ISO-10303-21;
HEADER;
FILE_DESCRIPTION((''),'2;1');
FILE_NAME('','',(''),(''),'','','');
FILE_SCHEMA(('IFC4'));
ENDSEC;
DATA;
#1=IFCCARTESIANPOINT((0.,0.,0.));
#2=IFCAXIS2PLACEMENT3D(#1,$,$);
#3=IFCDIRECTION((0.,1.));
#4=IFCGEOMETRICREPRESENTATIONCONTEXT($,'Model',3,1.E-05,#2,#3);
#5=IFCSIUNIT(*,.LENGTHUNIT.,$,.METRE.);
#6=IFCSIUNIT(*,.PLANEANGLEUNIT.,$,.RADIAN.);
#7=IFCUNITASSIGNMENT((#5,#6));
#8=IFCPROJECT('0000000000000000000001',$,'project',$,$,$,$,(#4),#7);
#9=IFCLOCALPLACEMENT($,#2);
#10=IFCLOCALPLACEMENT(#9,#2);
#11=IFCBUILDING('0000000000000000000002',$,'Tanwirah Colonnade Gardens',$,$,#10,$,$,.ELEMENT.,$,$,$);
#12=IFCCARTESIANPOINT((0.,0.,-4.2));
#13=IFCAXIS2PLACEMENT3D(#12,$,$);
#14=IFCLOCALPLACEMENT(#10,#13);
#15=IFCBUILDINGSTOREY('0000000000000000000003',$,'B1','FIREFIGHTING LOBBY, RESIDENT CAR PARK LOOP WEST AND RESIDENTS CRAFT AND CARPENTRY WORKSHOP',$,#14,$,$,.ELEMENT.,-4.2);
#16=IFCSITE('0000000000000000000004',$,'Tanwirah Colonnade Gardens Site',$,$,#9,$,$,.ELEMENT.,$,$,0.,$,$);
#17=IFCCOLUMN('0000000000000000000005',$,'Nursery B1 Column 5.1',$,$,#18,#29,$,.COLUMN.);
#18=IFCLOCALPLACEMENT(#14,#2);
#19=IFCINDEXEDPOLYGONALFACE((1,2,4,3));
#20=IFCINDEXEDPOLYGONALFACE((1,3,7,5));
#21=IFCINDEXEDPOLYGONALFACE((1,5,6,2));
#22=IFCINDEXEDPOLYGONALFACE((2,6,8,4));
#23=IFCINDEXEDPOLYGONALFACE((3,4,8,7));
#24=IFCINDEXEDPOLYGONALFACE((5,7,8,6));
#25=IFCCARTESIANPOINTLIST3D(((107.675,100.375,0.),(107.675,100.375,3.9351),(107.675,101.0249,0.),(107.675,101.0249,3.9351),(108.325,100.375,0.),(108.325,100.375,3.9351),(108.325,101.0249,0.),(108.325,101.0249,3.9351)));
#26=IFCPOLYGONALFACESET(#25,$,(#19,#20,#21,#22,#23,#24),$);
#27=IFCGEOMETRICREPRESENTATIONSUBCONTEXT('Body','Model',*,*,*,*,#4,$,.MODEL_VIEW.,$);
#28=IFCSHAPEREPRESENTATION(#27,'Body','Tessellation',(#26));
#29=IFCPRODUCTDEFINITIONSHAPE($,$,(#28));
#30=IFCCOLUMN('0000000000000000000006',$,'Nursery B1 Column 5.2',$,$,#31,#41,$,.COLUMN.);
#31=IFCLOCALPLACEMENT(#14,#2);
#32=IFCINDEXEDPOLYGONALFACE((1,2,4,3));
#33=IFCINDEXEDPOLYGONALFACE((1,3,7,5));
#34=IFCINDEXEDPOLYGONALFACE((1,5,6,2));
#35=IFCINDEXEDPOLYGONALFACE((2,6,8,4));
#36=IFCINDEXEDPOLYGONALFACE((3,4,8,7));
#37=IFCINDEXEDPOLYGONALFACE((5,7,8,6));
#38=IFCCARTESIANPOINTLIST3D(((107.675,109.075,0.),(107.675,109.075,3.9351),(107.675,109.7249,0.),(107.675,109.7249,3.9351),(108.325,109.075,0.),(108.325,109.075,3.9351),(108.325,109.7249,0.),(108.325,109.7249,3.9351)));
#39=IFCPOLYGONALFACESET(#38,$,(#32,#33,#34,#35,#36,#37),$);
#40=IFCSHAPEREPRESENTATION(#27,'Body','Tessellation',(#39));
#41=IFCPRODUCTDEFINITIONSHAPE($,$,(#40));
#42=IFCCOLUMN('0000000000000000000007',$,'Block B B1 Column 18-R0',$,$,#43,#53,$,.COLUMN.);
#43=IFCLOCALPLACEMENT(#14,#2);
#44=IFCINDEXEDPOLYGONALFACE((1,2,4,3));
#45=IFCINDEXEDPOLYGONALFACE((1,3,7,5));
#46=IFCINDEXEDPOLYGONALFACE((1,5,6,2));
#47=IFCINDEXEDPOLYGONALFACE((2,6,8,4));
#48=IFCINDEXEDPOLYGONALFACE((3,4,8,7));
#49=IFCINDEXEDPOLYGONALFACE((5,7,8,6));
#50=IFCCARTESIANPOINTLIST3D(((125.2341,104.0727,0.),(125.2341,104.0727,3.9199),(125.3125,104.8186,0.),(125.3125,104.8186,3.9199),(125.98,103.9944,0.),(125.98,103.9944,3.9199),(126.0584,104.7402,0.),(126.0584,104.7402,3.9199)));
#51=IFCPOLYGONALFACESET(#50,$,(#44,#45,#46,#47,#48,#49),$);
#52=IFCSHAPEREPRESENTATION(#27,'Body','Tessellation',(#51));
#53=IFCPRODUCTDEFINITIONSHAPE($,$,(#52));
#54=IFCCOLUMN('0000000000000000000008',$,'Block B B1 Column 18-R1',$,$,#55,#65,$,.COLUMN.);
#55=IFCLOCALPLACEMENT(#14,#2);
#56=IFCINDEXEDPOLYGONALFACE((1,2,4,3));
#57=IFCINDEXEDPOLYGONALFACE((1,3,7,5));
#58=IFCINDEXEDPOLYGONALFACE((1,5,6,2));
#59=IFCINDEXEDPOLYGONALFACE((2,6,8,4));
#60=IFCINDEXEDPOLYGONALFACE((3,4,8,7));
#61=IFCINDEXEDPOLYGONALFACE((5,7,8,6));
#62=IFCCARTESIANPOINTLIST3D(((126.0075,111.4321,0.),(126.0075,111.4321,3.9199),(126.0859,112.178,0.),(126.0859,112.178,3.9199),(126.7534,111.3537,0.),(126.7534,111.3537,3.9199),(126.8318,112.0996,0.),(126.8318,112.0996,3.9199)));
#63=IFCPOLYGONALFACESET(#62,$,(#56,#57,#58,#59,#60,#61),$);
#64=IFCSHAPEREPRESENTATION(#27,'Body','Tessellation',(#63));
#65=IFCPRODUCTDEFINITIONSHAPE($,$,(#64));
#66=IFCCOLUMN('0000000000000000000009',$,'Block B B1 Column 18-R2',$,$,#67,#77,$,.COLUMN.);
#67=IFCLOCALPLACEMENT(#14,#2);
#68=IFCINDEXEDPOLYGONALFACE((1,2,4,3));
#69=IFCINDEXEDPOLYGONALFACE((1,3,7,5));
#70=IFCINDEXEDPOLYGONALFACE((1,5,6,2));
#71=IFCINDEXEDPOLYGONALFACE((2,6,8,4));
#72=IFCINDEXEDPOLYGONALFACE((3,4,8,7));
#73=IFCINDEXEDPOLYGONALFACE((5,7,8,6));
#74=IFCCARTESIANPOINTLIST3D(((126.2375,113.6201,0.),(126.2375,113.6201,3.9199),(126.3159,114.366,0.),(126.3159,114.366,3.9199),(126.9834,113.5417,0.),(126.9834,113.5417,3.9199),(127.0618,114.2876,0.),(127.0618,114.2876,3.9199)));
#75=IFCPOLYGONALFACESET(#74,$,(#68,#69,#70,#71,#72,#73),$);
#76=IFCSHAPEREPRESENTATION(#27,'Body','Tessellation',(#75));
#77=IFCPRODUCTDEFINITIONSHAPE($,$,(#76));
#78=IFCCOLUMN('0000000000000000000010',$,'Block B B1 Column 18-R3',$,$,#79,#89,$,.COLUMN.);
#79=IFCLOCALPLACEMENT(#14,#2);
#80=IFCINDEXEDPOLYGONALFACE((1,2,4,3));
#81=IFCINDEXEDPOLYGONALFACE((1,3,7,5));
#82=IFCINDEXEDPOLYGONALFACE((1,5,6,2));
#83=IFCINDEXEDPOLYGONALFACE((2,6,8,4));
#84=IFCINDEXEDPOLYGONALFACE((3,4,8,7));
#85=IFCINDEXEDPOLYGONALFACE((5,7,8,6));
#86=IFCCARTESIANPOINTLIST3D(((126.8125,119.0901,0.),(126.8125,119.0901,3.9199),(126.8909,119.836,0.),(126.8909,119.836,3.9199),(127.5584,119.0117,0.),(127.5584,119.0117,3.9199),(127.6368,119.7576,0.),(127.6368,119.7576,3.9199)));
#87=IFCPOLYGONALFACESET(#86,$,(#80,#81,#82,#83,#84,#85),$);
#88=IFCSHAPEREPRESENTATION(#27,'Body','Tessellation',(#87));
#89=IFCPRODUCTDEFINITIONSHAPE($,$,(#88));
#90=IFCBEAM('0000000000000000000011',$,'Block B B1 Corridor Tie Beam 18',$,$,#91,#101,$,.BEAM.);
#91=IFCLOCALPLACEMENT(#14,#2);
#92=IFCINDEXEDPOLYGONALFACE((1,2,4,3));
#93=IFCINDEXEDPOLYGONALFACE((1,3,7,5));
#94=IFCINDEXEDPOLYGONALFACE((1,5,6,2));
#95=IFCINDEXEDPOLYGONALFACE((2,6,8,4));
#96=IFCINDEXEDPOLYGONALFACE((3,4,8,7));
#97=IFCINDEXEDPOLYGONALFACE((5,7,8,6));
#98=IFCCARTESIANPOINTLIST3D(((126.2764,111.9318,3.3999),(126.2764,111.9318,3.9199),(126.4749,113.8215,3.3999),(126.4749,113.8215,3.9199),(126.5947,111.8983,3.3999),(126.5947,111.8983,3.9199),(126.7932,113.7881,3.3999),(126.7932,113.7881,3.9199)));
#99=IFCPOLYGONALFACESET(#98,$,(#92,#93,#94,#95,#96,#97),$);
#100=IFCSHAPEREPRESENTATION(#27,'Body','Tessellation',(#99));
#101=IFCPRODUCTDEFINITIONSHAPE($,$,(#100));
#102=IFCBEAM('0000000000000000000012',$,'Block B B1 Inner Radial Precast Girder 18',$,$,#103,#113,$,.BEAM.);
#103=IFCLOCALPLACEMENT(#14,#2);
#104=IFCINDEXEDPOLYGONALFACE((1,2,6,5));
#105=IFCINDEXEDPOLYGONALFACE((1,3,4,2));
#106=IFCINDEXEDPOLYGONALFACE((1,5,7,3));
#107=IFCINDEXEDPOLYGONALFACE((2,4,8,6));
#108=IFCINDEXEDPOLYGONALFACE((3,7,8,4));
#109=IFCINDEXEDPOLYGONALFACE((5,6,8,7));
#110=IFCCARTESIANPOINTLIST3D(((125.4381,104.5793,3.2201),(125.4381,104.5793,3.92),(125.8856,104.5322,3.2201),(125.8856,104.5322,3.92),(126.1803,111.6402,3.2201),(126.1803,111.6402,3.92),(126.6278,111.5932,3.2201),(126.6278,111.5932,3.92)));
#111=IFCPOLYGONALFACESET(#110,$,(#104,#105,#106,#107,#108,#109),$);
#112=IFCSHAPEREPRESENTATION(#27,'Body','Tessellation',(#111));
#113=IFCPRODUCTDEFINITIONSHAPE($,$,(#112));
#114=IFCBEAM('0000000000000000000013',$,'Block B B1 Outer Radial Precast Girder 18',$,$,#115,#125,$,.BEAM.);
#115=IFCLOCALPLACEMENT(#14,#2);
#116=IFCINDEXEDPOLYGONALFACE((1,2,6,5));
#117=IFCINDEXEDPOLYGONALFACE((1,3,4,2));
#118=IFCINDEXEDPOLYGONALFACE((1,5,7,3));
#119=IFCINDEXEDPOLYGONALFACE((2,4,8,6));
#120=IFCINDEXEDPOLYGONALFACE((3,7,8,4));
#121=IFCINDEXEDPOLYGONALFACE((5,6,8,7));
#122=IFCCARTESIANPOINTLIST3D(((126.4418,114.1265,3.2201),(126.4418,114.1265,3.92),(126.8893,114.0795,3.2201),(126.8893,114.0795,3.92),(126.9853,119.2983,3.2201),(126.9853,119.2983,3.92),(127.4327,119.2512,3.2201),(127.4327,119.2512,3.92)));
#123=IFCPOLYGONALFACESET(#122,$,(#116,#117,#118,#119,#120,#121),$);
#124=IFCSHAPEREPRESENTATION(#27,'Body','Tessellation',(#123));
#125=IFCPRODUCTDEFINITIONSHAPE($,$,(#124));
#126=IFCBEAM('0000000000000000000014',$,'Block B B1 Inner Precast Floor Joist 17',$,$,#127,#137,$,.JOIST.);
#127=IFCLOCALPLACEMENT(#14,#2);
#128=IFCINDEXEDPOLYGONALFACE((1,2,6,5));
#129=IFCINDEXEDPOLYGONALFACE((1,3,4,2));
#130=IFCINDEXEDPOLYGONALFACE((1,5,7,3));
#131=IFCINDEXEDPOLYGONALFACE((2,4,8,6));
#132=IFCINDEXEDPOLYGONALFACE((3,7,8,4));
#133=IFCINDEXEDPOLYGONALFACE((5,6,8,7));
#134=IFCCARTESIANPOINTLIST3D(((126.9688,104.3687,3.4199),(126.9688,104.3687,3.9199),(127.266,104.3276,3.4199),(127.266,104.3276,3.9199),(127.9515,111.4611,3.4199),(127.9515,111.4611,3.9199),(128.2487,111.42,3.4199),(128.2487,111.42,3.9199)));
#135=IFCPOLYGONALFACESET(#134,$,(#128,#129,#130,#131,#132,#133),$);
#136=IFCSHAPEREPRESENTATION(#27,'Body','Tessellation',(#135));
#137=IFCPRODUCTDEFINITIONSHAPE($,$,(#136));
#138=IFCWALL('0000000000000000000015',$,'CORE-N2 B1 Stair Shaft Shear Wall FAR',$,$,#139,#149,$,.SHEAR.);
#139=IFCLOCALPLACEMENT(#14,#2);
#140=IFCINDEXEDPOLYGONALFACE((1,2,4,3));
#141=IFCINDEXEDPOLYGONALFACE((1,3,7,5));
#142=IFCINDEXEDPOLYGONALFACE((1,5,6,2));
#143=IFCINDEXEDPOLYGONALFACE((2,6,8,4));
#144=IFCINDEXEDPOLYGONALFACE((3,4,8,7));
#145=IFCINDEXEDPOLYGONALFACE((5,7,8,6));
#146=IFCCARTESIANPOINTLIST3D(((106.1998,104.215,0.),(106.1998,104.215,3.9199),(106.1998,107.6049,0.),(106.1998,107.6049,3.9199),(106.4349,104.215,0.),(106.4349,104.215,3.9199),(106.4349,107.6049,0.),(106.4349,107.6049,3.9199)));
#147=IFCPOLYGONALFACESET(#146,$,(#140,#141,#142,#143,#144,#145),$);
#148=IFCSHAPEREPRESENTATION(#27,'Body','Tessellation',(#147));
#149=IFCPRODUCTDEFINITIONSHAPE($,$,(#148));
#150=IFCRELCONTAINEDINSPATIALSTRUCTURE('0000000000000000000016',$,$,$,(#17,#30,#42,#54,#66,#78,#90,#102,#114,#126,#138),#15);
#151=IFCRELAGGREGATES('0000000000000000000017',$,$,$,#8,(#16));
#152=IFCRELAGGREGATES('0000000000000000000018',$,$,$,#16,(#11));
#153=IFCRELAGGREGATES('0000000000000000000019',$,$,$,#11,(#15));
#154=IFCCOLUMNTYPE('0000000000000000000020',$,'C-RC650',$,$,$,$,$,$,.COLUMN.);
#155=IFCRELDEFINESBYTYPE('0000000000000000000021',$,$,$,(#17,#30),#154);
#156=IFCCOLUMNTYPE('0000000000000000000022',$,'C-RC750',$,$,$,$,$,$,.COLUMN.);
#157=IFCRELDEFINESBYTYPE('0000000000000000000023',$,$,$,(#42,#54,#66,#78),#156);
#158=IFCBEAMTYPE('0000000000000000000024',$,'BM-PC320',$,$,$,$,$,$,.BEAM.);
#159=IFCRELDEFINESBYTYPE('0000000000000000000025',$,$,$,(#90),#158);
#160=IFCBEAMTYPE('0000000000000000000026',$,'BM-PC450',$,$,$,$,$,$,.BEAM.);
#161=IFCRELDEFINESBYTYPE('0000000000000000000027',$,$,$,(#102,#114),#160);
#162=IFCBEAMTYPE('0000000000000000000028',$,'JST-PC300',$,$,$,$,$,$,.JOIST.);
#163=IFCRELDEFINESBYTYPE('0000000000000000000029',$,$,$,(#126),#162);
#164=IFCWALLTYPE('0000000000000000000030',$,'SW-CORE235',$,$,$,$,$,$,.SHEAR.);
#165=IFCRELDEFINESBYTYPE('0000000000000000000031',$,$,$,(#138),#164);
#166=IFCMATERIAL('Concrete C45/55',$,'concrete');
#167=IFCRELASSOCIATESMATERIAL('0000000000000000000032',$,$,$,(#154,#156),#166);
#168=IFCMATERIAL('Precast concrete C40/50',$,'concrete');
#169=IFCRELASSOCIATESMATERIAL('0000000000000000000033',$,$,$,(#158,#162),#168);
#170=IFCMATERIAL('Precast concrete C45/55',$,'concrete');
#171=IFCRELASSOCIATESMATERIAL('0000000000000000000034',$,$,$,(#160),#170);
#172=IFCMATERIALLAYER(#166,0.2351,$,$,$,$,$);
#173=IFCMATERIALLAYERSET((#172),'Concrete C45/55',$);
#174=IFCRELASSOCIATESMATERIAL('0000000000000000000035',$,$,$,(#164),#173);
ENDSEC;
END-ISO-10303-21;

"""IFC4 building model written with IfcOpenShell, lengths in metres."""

from ifc_helpers import new_model, si_unit, direction, frame, frame_2d, origin, origin_2d, place, context, subcontext, project, spatial, rectangle, extrude, material, layer, layer_set, material_profile, profile_set, type_object, element, save


model = new_model("IFC4")

# Units and contexts
model_context = context("Model", 3, precision=1e-05, world=origin(), true_north=direction((0.0, 1.0)))
body_context = subcontext(model_context, "Body", "Model", "MODEL_VIEW")
ifc_project = project(units=[si_unit("LENGTHUNIT", "METRE"), si_unit("PLANEANGLEUNIT", "RADIAN")], contexts=[model_context])

# Site, building, storey
site_placement = place(None, origin())
site = spatial("IfcSite", under=ifc_project, at=site_placement, Name="Tanwirah Colonnade Gardens Site", CompositionType="ELEMENT", RefElevation=0.0)
building_placement = place(site_placement, origin())
building = spatial("IfcBuilding", under=site, at=building_placement, Name="Tanwirah Colonnade Gardens", CompositionType="ELEMENT")
storey_placement = place(building_placement, frame((0.0, 0.0, -4.2)))
storey = spatial("IfcBuildingStorey", under=building, at=storey_placement, Name="B1", Description="FIREFIGHTING LOBBY, RESIDENT CAR PARK LOOP WEST AND RESIDENTS CRAFT AND CARPENTRY WORKSHOP", CompositionType="ELEMENT", Elevation=-4.2)

# Shared definitions
ifc_material_1 = material(Name="Concrete C45/55", Category="concrete")

# Columns
ifc_material_profile_1 = material_profile(ifc_material_1, rectangle(XDim=0.6499, YDim=0.6499, at=origin_2d()), Name="RC-COL 650x650")
ifc_profile_set_1 = profile_set([ifc_material_profile_1], Name="Concrete C45/55")
column_type_1 = type_object("IfcColumnType", Name="C-RC650", PredefinedType="COLUMN", material=ifc_profile_set_1)
for number, where, z_axis, x_axis, name in (
    (1, (108.0, 100.7, 0.0), (0.0, 0.0, 1.0), (1.0, 0.0, 0.0), "Nursery B1 Column 5.1"),
    (2, (108.0, 109.3999, 0.0), (0.0, 0.0, 1.0), (1.0, 0.0, 0.0), "Nursery B1 Column 5.2"),
):
    element("IfcColumn", number, at=place(storey_placement, frame(where, z_axis=z_axis, x_axis=x_axis)), inside=storey, type_object=column_type_1, Name=name, PredefinedType="COLUMN", context=body_context, shape_type="SweptSolid", body=[
        extrude(rectangle(XDim=0.6499, YDim=0.6499, at=origin_2d()), origin(), (0.0, 0.0, 1.0), 3.9351),
    ])
ifc_material_profile_2 = material_profile(ifc_material_1, rectangle(XDim=0.75, YDim=0.75, at=origin_2d()), Name="RC-COL 750x750")
ifc_profile_set_2 = profile_set([ifc_material_profile_2], Name="Concrete C45/55")
column_type_2 = type_object("IfcColumnType", Name="C-RC750", PredefinedType="COLUMN", material=ifc_profile_set_2)
for number, where, z_axis, x_axis, name in (
    (3, (125.6462, 104.4065, 0.0), (0.0, 0.0, 1.0), (0.104528, 0.994522, 0.0), "Block B B1 Column 18-R0"),
    (4, (126.4197, 111.7659, 0.0), (0.0, 0.0, 1.0), (0.104528, 0.994522, 0.0), "Block B B1 Column 18-R1"),
    (5, (126.6497, 113.9539, 0.0), (0.0, 0.0, 1.0), (0.104528, 0.994522, 0.0), "Block B B1 Column 18-R2"),
    (6, (127.2246, 119.4238, 0.0), (0.0, 0.0, 1.0), (0.104528, 0.994522, 0.0), "Block B B1 Column 18-R3"),
):
    element("IfcColumn", number, at=place(storey_placement, frame(where, z_axis=z_axis, x_axis=x_axis)), inside=storey, type_object=column_type_2, Name=name, PredefinedType="COLUMN", context=body_context, shape_type="SweptSolid", body=[
        extrude(rectangle(XDim=0.75, YDim=0.75, at=origin_2d()), origin(), (0.0, 0.0, 1.0), 3.9199),
    ])

# Beams
ifc_material_2 = material(Name="Precast concrete C40/50", Category="concrete")
ifc_material_profile_3 = material_profile(ifc_material_2, rectangle(XDim=0.3201, YDim=0.52, at=origin_2d()), Name="PC-BM 320x520")
ifc_profile_set_3 = profile_set([ifc_material_profile_3], Name="Precast concrete C40/50")
beam_type_1 = type_object("IfcBeamType", Name="BM-PC320", PredefinedType="BEAM", material=ifc_profile_set_3)
beam_1_placement = place(storey_placement, frame((126.4355, 111.915, 3.6599), z_axis=(0.104464, 0.994529, 0.0), x_axis=(-0.994529, 0.104464, 0.0)))
element("IfcBeam", 7, at=beam_1_placement, inside=storey, type_object=beam_type_1, Name="Block B B1 Corridor Tie Beam 18", PredefinedType="BEAM", context=body_context, shape_type="SweptSolid", body=[
    extrude(rectangle(XDim=0.3201, YDim=0.52, at=origin_2d()), origin(), (0.0, 0.0, 1.0), 1.9001),
])
ifc_material_3 = material(Name="Precast concrete C45/55", Category="concrete")
ifc_material_profile_4 = material_profile(ifc_material_3, rectangle(XDim=0.45, YDim=0.7, at=origin_2d()), Name="PC-BM 450x700")
ifc_profile_set_4 = profile_set([ifc_material_profile_4], Name="Precast concrete C45/55")
beam_type_2 = type_object("IfcBeamType", Name="BM-PC450", PredefinedType="BEAM", material=ifc_profile_set_4)
beam_2_placement = place(storey_placement, frame((126.4041, 111.6167, 3.5701), z_axis=(-0.104534, -0.994521, 0.0), x_axis=(0.994521, -0.104534, 0.0)))
element("IfcBeam", 8, at=beam_2_placement, inside=storey, type_object=beam_type_2, Name="Block B B1 Inner Radial Precast Girder 18", PredefinedType="BEAM", context=body_context, shape_type="SweptSolid", body=[
    extrude(rectangle(XDim=0.45, YDim=0.7, at=origin_2d()), origin(), (0.0, 0.0, 1.0), 7.0999),
])
beam_3_placement = place(storey_placement, frame((126.6655, 114.103, 3.5701), z_axis=(0.104509, 0.994524, 0.0), x_axis=(-0.994524, 0.104509, 0.0)))
element("IfcBeam", 9, at=beam_3_placement, inside=storey, type_object=beam_type_2, Name="Block B B1 Outer Radial Precast Girder 18", PredefinedType="BEAM", context=body_context, shape_type="SweptSolid", body=[
    extrude(rectangle(XDim=0.45, YDim=0.7, at=origin_2d()), origin(), (0.0, 0.0, 1.0), 5.2002),
])
ifc_material_profile_5 = material_profile(ifc_material_2, rectangle(XDim=0.3, YDim=0.5, at=origin_2d()), Name="PC-JST 300x500")
ifc_profile_set_5 = profile_set([ifc_material_profile_5], Name="Precast concrete C40/50")
beam_type_3 = type_object("IfcBeamType", Name="JST-PC300", PredefinedType="JOIST", material=ifc_profile_set_5)
beam_4_placement = place(storey_placement, frame((127.1174, 104.3481, 3.6699), z_axis=(0.137243, 0.990537, 0.0), x_axis=(-0.990537, 0.137243, 0.0)))
element("IfcBeam", 10, at=beam_4_placement, inside=storey, type_object=beam_type_3, Name="Block B B1 Inner Precast Floor Joist 17", PredefinedType="JOIST", context=body_context, shape_type="SweptSolid", body=[
    extrude(rectangle(XDim=0.3, YDim=0.5, at=origin_2d()), origin(), (0.0, 0.0, 1.0), 7.1602),
])

# Wall
ifc_layer = layer(ifc_material_1, 0.2351)
ifc_layer_set = layer_set([ifc_layer], Name="Concrete C45/55")
wall_type = type_object("IfcWallType", Name="SW-CORE235", PredefinedType="SHEAR", material=ifc_layer_set)
wall_placement = place(storey_placement, frame((106.3174, 104.2151, 0.0), z_axis=(0.0, 0.0, 1.0), x_axis=(0.0, 1.0, 0.0)))
element("IfcWall", 11, at=wall_placement, inside=storey, type_object=wall_type, Name="CORE-N2 B1 Stair Shaft Shear Wall FAR", PredefinedType="SHEAR", context=body_context, shape_type="SweptSolid", body=[
    extrude(rectangle(XDim=3.3899, YDim=0.2351, at=frame_2d((1.6948, 0.0))), origin(), (0.0, 0.0, 1.0), 3.9199),
])

save(model, "model.ifc")
